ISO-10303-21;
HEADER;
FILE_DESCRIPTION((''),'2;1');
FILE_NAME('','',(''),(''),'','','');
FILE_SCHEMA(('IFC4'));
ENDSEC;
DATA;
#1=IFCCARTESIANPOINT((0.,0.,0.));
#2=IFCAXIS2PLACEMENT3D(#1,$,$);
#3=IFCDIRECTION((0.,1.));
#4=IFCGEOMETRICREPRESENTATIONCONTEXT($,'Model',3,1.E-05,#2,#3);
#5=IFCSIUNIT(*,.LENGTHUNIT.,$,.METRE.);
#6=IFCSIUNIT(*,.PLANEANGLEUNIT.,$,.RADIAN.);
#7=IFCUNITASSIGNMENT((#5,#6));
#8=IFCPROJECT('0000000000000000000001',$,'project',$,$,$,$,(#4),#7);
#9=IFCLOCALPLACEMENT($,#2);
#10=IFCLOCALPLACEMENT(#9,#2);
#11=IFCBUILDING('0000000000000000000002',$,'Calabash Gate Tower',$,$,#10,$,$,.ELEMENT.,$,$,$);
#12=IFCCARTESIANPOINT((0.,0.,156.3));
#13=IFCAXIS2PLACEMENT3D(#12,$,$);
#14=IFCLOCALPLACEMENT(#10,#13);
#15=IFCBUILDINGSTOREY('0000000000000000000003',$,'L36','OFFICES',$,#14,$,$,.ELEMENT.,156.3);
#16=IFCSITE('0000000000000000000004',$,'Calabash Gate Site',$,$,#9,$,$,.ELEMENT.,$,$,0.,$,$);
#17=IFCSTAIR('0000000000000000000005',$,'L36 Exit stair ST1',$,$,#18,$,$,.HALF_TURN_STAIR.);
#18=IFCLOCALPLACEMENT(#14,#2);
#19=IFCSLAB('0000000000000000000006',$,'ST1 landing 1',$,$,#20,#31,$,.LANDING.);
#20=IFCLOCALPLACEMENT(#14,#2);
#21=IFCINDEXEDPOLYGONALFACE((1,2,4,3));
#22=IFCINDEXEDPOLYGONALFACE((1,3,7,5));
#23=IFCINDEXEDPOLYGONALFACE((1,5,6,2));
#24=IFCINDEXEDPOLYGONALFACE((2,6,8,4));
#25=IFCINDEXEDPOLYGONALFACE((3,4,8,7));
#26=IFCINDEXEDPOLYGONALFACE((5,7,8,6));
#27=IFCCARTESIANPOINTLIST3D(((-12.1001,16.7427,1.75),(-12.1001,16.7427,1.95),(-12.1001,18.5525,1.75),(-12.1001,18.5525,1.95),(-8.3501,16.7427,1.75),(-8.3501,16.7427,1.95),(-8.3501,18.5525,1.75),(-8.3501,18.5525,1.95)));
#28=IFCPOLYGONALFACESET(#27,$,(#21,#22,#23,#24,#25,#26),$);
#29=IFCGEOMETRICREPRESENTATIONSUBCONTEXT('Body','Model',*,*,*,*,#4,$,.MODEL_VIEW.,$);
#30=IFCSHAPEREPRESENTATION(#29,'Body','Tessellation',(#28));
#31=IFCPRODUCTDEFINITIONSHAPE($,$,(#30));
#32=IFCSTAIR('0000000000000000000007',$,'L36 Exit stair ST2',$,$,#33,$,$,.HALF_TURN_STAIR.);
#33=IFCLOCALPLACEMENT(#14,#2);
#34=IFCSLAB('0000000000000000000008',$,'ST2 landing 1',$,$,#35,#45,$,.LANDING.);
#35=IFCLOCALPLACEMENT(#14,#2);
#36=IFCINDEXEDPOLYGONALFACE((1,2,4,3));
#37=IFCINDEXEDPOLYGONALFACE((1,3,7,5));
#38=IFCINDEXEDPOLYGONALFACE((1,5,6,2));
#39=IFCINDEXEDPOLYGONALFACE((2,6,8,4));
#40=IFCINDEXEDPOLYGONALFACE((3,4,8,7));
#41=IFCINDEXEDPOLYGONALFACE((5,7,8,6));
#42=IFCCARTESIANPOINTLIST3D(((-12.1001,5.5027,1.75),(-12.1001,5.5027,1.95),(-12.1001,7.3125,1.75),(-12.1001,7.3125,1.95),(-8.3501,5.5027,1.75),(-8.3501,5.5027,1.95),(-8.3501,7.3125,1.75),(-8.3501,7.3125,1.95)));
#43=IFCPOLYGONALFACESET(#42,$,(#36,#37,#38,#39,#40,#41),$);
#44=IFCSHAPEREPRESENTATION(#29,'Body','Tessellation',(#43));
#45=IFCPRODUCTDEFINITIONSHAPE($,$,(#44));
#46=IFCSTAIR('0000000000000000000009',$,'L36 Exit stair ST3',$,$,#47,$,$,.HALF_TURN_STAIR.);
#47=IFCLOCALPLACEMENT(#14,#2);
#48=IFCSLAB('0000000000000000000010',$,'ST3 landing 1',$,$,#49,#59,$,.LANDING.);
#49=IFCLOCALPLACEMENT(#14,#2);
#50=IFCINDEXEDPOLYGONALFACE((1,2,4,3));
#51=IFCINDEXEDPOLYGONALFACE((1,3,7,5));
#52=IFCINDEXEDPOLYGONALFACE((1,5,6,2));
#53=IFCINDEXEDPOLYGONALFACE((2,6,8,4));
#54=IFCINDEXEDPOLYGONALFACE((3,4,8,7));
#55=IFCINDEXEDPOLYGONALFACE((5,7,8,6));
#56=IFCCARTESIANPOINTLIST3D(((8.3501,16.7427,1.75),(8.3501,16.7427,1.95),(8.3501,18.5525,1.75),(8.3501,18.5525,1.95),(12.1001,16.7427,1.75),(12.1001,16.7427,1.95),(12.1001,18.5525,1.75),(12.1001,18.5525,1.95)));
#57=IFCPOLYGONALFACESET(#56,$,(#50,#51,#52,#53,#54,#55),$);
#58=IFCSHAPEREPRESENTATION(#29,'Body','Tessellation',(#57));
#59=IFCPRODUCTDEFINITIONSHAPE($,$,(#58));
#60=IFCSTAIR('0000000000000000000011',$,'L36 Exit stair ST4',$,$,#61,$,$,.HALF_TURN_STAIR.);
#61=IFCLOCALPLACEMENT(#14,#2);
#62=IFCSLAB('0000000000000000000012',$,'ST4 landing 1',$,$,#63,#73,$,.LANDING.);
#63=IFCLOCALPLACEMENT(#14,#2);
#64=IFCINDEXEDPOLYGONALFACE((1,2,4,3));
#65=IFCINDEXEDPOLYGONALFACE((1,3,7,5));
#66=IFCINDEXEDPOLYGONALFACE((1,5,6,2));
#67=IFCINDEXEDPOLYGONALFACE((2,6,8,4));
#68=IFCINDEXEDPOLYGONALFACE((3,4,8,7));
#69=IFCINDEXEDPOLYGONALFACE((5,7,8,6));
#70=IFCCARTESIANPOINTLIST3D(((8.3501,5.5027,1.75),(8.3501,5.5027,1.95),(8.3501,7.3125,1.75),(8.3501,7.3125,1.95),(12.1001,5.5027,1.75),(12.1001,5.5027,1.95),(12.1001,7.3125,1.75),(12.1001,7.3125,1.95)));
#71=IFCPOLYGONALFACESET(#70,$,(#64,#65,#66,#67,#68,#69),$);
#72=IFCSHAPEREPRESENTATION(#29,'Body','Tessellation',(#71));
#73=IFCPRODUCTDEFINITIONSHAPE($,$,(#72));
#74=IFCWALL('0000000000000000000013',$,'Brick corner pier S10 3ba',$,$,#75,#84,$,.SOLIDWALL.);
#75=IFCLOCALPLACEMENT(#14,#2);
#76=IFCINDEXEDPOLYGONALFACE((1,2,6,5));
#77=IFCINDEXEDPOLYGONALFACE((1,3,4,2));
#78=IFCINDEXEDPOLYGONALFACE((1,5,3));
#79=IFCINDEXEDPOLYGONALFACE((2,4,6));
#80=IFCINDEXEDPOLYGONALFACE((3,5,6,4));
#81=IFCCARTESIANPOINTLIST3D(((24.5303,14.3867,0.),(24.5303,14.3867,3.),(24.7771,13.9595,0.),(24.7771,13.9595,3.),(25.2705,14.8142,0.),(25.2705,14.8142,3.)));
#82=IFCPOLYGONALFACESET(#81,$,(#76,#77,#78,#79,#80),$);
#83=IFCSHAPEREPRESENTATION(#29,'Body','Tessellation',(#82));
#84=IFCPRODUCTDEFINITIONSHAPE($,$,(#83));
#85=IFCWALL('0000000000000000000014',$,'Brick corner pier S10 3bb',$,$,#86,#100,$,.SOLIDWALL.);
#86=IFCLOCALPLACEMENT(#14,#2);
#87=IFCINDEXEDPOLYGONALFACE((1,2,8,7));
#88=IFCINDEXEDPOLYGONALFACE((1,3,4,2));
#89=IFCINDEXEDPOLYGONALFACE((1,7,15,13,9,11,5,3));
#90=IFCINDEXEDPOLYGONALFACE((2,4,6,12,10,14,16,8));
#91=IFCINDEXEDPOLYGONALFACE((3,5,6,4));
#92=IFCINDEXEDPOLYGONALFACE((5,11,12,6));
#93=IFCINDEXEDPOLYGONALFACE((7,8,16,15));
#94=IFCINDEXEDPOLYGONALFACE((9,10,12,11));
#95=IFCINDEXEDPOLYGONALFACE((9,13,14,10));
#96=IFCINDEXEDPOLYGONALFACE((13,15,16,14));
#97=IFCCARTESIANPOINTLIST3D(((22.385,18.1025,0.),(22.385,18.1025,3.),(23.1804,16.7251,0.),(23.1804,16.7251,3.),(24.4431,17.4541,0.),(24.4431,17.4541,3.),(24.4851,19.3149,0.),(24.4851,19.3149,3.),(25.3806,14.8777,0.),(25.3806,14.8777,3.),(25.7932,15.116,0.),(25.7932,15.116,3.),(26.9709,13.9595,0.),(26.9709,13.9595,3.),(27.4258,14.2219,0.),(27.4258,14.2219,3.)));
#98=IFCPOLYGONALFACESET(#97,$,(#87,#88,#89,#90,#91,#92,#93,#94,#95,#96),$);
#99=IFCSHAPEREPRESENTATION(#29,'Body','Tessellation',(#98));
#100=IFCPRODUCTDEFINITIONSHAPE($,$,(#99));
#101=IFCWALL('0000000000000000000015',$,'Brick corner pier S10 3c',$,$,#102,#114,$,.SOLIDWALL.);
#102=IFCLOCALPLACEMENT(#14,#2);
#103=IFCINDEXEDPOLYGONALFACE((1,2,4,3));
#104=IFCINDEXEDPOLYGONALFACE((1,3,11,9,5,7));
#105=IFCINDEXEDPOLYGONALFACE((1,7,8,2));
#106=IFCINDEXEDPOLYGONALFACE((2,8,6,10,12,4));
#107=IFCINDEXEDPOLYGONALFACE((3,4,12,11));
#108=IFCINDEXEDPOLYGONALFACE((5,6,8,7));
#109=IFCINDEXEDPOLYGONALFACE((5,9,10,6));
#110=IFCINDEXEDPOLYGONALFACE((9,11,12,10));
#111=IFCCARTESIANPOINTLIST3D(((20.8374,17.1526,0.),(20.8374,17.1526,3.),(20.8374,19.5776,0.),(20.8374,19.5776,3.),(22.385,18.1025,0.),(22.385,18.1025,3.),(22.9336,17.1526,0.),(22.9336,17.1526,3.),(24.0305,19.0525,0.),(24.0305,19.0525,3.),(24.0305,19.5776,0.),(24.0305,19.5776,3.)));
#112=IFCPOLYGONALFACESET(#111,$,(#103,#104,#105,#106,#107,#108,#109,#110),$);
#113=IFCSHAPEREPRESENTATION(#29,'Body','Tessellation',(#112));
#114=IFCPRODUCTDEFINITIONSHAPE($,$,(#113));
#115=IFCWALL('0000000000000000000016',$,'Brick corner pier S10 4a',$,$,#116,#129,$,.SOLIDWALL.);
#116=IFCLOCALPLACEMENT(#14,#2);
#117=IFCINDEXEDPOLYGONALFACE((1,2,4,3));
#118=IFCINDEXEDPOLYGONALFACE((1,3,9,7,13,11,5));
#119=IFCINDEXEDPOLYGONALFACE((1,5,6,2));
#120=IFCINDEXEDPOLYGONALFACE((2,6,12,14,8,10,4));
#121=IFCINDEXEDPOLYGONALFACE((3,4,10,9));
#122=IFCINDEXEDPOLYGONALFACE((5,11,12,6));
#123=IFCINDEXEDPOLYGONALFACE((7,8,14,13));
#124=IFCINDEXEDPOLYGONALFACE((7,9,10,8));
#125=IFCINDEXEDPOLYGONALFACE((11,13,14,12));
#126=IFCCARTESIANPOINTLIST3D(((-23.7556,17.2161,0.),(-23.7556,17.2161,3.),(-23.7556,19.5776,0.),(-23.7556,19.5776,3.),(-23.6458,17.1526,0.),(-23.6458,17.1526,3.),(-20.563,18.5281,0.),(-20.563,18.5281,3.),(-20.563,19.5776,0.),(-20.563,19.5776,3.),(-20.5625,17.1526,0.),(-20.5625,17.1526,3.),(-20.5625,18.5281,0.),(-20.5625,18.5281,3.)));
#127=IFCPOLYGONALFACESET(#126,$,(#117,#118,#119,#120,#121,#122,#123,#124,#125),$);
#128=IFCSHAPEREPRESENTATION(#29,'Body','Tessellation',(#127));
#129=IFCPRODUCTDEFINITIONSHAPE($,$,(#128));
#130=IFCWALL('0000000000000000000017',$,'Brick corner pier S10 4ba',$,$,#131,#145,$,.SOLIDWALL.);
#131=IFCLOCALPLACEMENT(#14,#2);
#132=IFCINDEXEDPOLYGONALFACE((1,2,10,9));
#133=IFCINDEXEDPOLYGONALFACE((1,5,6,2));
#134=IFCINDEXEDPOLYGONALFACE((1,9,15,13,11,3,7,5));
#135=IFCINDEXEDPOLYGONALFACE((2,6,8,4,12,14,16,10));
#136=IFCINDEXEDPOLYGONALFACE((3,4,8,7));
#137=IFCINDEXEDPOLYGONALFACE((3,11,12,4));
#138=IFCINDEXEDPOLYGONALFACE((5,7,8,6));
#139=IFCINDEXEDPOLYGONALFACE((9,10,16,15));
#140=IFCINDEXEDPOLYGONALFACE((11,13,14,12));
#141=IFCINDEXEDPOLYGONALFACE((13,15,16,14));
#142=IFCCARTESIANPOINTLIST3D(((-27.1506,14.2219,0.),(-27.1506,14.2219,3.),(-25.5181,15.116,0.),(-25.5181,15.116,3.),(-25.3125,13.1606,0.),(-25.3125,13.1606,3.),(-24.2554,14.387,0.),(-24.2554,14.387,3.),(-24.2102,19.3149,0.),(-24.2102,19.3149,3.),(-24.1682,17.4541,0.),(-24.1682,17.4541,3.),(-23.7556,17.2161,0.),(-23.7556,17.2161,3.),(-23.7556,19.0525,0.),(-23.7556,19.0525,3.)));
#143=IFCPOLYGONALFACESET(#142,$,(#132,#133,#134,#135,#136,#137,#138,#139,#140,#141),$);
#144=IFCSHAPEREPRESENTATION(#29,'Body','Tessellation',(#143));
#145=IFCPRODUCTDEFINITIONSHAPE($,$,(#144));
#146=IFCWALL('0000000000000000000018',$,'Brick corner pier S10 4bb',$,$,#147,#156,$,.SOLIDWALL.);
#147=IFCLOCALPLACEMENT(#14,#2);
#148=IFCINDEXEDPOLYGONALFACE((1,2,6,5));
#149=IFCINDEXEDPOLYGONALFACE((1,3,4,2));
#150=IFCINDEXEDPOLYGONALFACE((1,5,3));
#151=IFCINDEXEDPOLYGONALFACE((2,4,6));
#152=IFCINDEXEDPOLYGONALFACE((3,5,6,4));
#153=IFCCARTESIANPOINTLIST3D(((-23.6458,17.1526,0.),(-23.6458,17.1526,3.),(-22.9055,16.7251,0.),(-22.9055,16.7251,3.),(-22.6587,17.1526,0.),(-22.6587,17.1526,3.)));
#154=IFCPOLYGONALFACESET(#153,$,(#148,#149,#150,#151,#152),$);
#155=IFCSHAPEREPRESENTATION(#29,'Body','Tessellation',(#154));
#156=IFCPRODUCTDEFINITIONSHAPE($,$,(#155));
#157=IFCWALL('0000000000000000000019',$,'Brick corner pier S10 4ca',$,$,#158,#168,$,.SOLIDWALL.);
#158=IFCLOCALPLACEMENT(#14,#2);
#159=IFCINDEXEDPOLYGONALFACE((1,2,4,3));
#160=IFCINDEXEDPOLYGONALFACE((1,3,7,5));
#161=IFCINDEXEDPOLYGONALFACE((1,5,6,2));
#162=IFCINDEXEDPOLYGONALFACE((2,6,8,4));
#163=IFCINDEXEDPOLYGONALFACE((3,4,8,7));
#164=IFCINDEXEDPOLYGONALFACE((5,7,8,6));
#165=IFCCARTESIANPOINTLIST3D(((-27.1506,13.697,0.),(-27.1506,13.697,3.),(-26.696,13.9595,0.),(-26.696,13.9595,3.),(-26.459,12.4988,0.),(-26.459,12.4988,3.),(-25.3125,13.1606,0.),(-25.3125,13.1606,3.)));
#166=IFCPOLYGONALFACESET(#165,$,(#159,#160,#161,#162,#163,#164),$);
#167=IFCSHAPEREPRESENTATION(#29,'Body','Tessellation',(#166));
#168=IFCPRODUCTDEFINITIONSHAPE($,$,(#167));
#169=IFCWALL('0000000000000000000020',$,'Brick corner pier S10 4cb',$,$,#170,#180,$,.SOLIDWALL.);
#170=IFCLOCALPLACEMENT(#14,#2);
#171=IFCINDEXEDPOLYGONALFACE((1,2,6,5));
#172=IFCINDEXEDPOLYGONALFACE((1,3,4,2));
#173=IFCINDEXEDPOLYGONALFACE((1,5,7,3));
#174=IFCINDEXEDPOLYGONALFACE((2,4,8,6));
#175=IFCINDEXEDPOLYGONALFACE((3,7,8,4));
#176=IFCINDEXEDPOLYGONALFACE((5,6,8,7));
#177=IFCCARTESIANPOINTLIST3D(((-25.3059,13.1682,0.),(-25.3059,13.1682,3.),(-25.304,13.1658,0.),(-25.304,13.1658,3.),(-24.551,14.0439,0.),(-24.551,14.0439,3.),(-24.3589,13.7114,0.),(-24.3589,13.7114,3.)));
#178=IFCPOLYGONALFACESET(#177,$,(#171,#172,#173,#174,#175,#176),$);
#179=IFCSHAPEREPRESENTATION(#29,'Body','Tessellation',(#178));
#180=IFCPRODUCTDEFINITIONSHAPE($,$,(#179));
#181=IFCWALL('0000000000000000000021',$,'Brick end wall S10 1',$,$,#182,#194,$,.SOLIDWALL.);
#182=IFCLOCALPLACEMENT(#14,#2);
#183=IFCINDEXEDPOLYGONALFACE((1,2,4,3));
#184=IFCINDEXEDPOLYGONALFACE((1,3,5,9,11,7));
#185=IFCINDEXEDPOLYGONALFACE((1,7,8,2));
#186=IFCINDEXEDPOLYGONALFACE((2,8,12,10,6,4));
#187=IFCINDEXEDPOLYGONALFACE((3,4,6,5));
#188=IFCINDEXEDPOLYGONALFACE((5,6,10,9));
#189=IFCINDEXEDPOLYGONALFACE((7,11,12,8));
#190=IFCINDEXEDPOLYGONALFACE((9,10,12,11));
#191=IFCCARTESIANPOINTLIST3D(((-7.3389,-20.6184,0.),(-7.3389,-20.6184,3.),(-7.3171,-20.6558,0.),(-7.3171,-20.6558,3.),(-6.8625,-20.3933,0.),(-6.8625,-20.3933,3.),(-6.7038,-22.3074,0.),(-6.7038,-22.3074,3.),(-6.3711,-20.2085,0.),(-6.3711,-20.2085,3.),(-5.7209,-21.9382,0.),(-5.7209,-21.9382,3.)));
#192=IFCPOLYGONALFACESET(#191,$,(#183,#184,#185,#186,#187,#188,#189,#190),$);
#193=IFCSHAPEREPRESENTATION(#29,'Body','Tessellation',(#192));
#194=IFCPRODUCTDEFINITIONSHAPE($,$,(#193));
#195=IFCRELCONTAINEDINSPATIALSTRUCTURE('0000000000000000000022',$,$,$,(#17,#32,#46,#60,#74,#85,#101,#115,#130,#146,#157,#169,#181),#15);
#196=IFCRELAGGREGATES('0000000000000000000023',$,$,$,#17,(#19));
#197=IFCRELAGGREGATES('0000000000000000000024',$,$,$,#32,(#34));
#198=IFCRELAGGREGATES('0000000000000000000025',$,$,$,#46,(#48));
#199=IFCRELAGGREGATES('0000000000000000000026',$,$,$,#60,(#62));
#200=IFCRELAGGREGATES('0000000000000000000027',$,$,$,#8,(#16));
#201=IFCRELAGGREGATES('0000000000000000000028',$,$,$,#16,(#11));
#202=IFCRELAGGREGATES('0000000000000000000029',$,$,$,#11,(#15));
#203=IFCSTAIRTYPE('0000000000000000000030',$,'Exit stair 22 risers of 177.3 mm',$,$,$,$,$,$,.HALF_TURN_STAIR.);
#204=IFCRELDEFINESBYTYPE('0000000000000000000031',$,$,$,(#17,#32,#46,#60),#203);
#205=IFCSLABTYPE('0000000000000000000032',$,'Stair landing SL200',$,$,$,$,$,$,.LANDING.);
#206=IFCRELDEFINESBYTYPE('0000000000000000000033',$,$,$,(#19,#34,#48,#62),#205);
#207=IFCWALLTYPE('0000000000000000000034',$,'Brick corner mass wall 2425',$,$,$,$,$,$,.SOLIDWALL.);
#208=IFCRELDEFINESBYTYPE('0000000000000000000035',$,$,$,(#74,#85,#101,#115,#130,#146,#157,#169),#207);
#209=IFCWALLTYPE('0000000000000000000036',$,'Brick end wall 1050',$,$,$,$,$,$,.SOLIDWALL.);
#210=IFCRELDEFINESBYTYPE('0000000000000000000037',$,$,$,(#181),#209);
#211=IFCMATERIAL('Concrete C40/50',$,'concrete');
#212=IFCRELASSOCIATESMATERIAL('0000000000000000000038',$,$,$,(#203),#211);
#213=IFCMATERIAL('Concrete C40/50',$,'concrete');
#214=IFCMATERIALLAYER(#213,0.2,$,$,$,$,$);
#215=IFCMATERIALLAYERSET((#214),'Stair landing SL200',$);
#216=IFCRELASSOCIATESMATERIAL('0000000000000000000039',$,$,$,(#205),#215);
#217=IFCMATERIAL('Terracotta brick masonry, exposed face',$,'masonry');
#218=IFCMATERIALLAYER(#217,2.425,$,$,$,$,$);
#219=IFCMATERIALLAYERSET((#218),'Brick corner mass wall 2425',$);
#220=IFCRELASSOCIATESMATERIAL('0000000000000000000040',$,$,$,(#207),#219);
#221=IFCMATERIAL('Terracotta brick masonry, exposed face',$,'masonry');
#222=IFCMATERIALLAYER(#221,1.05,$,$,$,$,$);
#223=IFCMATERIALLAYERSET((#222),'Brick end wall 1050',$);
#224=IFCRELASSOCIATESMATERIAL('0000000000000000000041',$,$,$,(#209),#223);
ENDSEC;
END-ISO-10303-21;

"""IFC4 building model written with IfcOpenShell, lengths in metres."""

from ifc_helpers import new_model, si_unit, direction, frame, origin, place, context, subcontext, project, spatial, polyline, outline, extrude, material, layer, layer_set, type_object, element, aggregate, save


model = new_model("IFC4")

# Units and contexts
model_context = context("Model", 3, precision=1e-05, world=origin(), true_north=direction((0.0, 1.0)))
body_context = subcontext(model_context, "Body", "Model", "MODEL_VIEW")
ifc_project = project(units=[si_unit("LENGTHUNIT", "METRE"), si_unit("PLANEANGLEUNIT", "RADIAN")], contexts=[model_context])

# Site, building, storey
site_placement = place(None, origin())
site = spatial("IfcSite", under=ifc_project, at=site_placement, Name="Calabash Gate Site", CompositionType="ELEMENT", RefElevation=0.0)
building_placement = place(site_placement, origin())
building = spatial("IfcBuilding", under=site, at=building_placement, Name="Calabash Gate Tower", CompositionType="ELEMENT")
storey_placement = place(building_placement, frame((0.0, 0.0, 156.3)))
storey = spatial("IfcBuildingStorey", under=building, at=storey_placement, Name="L36", Description="OFFICES", CompositionType="ELEMENT", Elevation=156.3)

# Stairs, slabs
ifc_material_1 = material(Name="Concrete C40/50", Category="concrete")
stair_type = type_object("IfcStairType", Name="Exit stair 22 risers of 177.3 mm", PredefinedType="HALF_TURN_STAIR", material=ifc_material_1)
stair_1_placement = place(storey_placement, origin())
stair_1 = element("IfcStair", 1, at=stair_1_placement, inside=storey, type_object=stair_type, Name="L36 Exit stair ST1", PredefinedType="HALF_TURN_STAIR")
ifc_material_2 = material(Name="Concrete C40/50", Category="concrete")
ifc_layer_1 = layer(ifc_material_2, 0.2)
ifc_layer_set_1 = layer_set([ifc_layer_1], Name="Stair landing SL200")
slab_type = type_object("IfcSlabType", Name="Stair landing SL200", PredefinedType="LANDING", material=ifc_layer_set_1)
slab_1_placement = place(storey_placement, frame((0.0, 0.0, 1.75)))
slab_1 = element("IfcSlab", 2, at=slab_1_placement, type_object=slab_type, Name="ST1 landing 1", PredefinedType="LANDING", context=body_context, shape_type="SweptSolid", body=[
    extrude(outline(polyline([(-8.3501, 16.7427), (-8.3501, 18.5525), (-12.1001, 18.5525), (-12.1001, 16.7427), (-8.3501, 16.7427)])), origin(), (0.0, 0.0, 1.0), 0.2),
])
aggregate(stair_1, [slab_1])
stair_2_placement = place(storey_placement, origin())
stair_2 = element("IfcStair", 3, at=stair_2_placement, inside=storey, type_object=stair_type, Name="L36 Exit stair ST2", PredefinedType="HALF_TURN_STAIR")
slab_2_placement = place(storey_placement, frame((0.0, 0.0, 1.75)))
slab_2 = element("IfcSlab", 4, at=slab_2_placement, type_object=slab_type, Name="ST2 landing 1", PredefinedType="LANDING", context=body_context, shape_type="SweptSolid", body=[
    extrude(outline(polyline([(-12.1001, 7.3125), (-12.1001, 5.5027), (-8.3501, 5.5027), (-8.3501, 7.3125), (-12.1001, 7.3125)])), origin(), (0.0, 0.0, 1.0), 0.2),
])
aggregate(stair_2, [slab_2])
stair_3_placement = place(storey_placement, origin())
stair_3 = element("IfcStair", 5, at=stair_3_placement, inside=storey, type_object=stair_type, Name="L36 Exit stair ST3", PredefinedType="HALF_TURN_STAIR")
slab_3_placement = place(storey_placement, frame((0.0, 0.0, 1.75)))
slab_3 = element("IfcSlab", 6, at=slab_3_placement, type_object=slab_type, Name="ST3 landing 1", PredefinedType="LANDING", context=body_context, shape_type="SweptSolid", body=[
    extrude(outline(polyline([(12.1001, 16.7427), (12.1001, 18.5525), (8.3501, 18.5525), (8.3501, 16.7427), (12.1001, 16.7427)])), origin(), (0.0, 0.0, 1.0), 0.2),
])
aggregate(stair_3, [slab_3])
stair_4_placement = place(storey_placement, origin())
stair_4 = element("IfcStair", 7, at=stair_4_placement, inside=storey, type_object=stair_type, Name="L36 Exit stair ST4", PredefinedType="HALF_TURN_STAIR")
slab_4_placement = place(storey_placement, frame((0.0, 0.0, 1.75)))
slab_4 = element("IfcSlab", 8, at=slab_4_placement, type_object=slab_type, Name="ST4 landing 1", PredefinedType="LANDING", context=body_context, shape_type="SweptSolid", body=[
    extrude(outline(polyline([(8.3501, 7.3125), (8.3501, 5.5027), (12.1001, 5.5027), (12.1001, 7.3125), (8.3501, 7.3125)])), origin(), (0.0, 0.0, 1.0), 0.2),
])
aggregate(stair_4, [slab_4])

# Walls
ifc_material_3 = material(Name="Terracotta brick masonry, exposed face", Category="masonry")
ifc_layer_2 = layer(ifc_material_3, 2.425)
ifc_layer_set_2 = layer_set([ifc_layer_2], Name="Brick corner mass wall 2425")
wall_type_1 = type_object("IfcWallType", Name="Brick corner mass wall 2425", PredefinedType="SOLIDWALL", material=ifc_layer_set_2)
wall_1_placement = place(storey_placement, origin())
element("IfcWall", 9, at=wall_1_placement, inside=storey, type_object=wall_type_1, Name="Brick corner pier S10 3ba", PredefinedType="SOLIDWALL", context=body_context, shape_type="SweptSolid", body=[
    extrude(outline(polyline([(24.5303, 14.3867), (24.7771, 13.9595), (25.2705, 14.8142), (24.5303, 14.3867)])), origin(), (0.0, 0.0, 1.0), 3.0),
])
wall_2_placement = place(storey_placement, origin())
element("IfcWall", 10, at=wall_2_placement, inside=storey, type_object=wall_type_1, Name="Brick corner pier S10 3bb", PredefinedType="SOLIDWALL", context=body_context, shape_type="SweptSolid", body=[
    extrude(outline(polyline([(23.1804, 16.7251), (24.4431, 17.4541), (25.7932, 15.116), (25.3806, 14.8777), (26.9709, 13.9595), (27.4258, 14.2219), (24.4851, 19.3149), (22.385, 18.1025), (23.1804, 16.7251)])), origin(), (0.0, 0.0, 1.0), 3.0),
])
wall_3_placement = place(storey_placement, origin())
element("IfcWall", 11, at=wall_3_placement, inside=storey, type_object=wall_type_1, Name="Brick corner pier S10 3c", PredefinedType="SOLIDWALL", context=body_context, shape_type="SweptSolid", body=[
    extrude(outline(polyline([(20.8374, 19.5776), (20.8374, 17.1526), (22.9336, 17.1526), (22.385, 18.1025), (24.0305, 19.0525), (24.0305, 19.5776), (20.8374, 19.5776)])), origin(), (0.0, 0.0, 1.0), 3.0),
])
wall_4_placement = place(storey_placement, origin())
element("IfcWall", 12, at=wall_4_placement, inside=storey, type_object=wall_type_1, Name="Brick corner pier S10 4a", PredefinedType="SOLIDWALL", context=body_context, shape_type="SweptSolid", body=[
    extrude(outline(polyline([(-23.6458, 17.1526), (-20.5625, 17.1526), (-20.5625, 18.5281), (-20.563, 18.5281), (-20.563, 19.5776), (-23.7556, 19.5776), (-23.7556, 17.2161), (-23.6458, 17.1526)])), origin(), (0.0, 0.0, 1.0), 3.0),
])
wall_5_placement = place(storey_placement, origin())
element("IfcWall", 13, at=wall_5_placement, inside=storey, type_object=wall_type_1, Name="Brick corner pier S10 4ba", PredefinedType="SOLIDWALL", context=body_context, shape_type="SweptSolid", body=[
    extrude(outline(polyline([(-24.2554, 14.387), (-25.5181, 15.116), (-24.1682, 17.4541), (-23.7556, 17.2161), (-23.7556, 19.0525), (-24.2102, 19.3149), (-27.1506, 14.2219), (-25.3125, 13.1606), (-24.2554, 14.387)])), origin(), (0.0, 0.0, 1.0), 3.0),
])
wall_6_placement = place(storey_placement, origin())
element("IfcWall", 14, at=wall_6_placement, inside=storey, type_object=wall_type_1, Name="Brick corner pier S10 4bb", PredefinedType="SOLIDWALL", context=body_context, shape_type="SweptSolid", body=[
    extrude(outline(polyline([(-22.6587, 17.1526), (-23.6458, 17.1526), (-22.9055, 16.7251), (-22.6587, 17.1526)])), origin(), (0.0, 0.0, 1.0), 3.0),
])
wall_7_placement = place(storey_placement, origin())
element("IfcWall", 15, at=wall_7_placement, inside=storey, type_object=wall_type_1, Name="Brick corner pier S10 4ca", PredefinedType="SOLIDWALL", context=body_context, shape_type="SweptSolid", body=[
    extrude(outline(polyline([(-26.696, 13.9595), (-27.1506, 13.697), (-26.459, 12.4988), (-25.3125, 13.1606), (-26.696, 13.9595)])), origin(), (0.0, 0.0, 1.0), 3.0),
])
wall_8_placement = place(storey_placement, origin())
element("IfcWall", 16, at=wall_8_placement, inside=storey, type_object=wall_type_1, Name="Brick corner pier S10 4cb", PredefinedType="SOLIDWALL", context=body_context, shape_type="SweptSolid", body=[
    extrude(outline(polyline([(-24.551, 14.0439), (-25.3059, 13.1682), (-25.304, 13.1658), (-24.3589, 13.7114), (-24.551, 14.0439)])), origin(), (0.0, 0.0, 1.0), 3.0),
])
ifc_material_4 = material(Name="Terracotta brick masonry, exposed face", Category="masonry")
ifc_layer_3 = layer(ifc_material_4, 1.05)
ifc_layer_set_3 = layer_set([ifc_layer_3], Name="Brick end wall 1050")
wall_type_2 = type_object("IfcWallType", Name="Brick end wall 1050", PredefinedType="SOLIDWALL", material=ifc_layer_set_3)
wall_9_placement = place(storey_placement, origin())
element("IfcWall", 17, at=wall_9_placement, inside=storey, type_object=wall_type_2, Name="Brick end wall S10 1", PredefinedType="SOLIDWALL", context=body_context, shape_type="SweptSolid", body=[
    extrude(outline(polyline([(-5.7209, -21.9382), (-6.3711, -20.2085), (-6.8625, -20.3933), (-7.3171, -20.6558), (-7.3389, -20.6184), (-6.7036, -22.3079), (-6.7036, -22.3079), (-6.7039, -22.3074), (-5.7209, -21.9382)])), origin(), (0.0, 0.0, 1.0), 3.0),
])

save(model, "model.ifc")
